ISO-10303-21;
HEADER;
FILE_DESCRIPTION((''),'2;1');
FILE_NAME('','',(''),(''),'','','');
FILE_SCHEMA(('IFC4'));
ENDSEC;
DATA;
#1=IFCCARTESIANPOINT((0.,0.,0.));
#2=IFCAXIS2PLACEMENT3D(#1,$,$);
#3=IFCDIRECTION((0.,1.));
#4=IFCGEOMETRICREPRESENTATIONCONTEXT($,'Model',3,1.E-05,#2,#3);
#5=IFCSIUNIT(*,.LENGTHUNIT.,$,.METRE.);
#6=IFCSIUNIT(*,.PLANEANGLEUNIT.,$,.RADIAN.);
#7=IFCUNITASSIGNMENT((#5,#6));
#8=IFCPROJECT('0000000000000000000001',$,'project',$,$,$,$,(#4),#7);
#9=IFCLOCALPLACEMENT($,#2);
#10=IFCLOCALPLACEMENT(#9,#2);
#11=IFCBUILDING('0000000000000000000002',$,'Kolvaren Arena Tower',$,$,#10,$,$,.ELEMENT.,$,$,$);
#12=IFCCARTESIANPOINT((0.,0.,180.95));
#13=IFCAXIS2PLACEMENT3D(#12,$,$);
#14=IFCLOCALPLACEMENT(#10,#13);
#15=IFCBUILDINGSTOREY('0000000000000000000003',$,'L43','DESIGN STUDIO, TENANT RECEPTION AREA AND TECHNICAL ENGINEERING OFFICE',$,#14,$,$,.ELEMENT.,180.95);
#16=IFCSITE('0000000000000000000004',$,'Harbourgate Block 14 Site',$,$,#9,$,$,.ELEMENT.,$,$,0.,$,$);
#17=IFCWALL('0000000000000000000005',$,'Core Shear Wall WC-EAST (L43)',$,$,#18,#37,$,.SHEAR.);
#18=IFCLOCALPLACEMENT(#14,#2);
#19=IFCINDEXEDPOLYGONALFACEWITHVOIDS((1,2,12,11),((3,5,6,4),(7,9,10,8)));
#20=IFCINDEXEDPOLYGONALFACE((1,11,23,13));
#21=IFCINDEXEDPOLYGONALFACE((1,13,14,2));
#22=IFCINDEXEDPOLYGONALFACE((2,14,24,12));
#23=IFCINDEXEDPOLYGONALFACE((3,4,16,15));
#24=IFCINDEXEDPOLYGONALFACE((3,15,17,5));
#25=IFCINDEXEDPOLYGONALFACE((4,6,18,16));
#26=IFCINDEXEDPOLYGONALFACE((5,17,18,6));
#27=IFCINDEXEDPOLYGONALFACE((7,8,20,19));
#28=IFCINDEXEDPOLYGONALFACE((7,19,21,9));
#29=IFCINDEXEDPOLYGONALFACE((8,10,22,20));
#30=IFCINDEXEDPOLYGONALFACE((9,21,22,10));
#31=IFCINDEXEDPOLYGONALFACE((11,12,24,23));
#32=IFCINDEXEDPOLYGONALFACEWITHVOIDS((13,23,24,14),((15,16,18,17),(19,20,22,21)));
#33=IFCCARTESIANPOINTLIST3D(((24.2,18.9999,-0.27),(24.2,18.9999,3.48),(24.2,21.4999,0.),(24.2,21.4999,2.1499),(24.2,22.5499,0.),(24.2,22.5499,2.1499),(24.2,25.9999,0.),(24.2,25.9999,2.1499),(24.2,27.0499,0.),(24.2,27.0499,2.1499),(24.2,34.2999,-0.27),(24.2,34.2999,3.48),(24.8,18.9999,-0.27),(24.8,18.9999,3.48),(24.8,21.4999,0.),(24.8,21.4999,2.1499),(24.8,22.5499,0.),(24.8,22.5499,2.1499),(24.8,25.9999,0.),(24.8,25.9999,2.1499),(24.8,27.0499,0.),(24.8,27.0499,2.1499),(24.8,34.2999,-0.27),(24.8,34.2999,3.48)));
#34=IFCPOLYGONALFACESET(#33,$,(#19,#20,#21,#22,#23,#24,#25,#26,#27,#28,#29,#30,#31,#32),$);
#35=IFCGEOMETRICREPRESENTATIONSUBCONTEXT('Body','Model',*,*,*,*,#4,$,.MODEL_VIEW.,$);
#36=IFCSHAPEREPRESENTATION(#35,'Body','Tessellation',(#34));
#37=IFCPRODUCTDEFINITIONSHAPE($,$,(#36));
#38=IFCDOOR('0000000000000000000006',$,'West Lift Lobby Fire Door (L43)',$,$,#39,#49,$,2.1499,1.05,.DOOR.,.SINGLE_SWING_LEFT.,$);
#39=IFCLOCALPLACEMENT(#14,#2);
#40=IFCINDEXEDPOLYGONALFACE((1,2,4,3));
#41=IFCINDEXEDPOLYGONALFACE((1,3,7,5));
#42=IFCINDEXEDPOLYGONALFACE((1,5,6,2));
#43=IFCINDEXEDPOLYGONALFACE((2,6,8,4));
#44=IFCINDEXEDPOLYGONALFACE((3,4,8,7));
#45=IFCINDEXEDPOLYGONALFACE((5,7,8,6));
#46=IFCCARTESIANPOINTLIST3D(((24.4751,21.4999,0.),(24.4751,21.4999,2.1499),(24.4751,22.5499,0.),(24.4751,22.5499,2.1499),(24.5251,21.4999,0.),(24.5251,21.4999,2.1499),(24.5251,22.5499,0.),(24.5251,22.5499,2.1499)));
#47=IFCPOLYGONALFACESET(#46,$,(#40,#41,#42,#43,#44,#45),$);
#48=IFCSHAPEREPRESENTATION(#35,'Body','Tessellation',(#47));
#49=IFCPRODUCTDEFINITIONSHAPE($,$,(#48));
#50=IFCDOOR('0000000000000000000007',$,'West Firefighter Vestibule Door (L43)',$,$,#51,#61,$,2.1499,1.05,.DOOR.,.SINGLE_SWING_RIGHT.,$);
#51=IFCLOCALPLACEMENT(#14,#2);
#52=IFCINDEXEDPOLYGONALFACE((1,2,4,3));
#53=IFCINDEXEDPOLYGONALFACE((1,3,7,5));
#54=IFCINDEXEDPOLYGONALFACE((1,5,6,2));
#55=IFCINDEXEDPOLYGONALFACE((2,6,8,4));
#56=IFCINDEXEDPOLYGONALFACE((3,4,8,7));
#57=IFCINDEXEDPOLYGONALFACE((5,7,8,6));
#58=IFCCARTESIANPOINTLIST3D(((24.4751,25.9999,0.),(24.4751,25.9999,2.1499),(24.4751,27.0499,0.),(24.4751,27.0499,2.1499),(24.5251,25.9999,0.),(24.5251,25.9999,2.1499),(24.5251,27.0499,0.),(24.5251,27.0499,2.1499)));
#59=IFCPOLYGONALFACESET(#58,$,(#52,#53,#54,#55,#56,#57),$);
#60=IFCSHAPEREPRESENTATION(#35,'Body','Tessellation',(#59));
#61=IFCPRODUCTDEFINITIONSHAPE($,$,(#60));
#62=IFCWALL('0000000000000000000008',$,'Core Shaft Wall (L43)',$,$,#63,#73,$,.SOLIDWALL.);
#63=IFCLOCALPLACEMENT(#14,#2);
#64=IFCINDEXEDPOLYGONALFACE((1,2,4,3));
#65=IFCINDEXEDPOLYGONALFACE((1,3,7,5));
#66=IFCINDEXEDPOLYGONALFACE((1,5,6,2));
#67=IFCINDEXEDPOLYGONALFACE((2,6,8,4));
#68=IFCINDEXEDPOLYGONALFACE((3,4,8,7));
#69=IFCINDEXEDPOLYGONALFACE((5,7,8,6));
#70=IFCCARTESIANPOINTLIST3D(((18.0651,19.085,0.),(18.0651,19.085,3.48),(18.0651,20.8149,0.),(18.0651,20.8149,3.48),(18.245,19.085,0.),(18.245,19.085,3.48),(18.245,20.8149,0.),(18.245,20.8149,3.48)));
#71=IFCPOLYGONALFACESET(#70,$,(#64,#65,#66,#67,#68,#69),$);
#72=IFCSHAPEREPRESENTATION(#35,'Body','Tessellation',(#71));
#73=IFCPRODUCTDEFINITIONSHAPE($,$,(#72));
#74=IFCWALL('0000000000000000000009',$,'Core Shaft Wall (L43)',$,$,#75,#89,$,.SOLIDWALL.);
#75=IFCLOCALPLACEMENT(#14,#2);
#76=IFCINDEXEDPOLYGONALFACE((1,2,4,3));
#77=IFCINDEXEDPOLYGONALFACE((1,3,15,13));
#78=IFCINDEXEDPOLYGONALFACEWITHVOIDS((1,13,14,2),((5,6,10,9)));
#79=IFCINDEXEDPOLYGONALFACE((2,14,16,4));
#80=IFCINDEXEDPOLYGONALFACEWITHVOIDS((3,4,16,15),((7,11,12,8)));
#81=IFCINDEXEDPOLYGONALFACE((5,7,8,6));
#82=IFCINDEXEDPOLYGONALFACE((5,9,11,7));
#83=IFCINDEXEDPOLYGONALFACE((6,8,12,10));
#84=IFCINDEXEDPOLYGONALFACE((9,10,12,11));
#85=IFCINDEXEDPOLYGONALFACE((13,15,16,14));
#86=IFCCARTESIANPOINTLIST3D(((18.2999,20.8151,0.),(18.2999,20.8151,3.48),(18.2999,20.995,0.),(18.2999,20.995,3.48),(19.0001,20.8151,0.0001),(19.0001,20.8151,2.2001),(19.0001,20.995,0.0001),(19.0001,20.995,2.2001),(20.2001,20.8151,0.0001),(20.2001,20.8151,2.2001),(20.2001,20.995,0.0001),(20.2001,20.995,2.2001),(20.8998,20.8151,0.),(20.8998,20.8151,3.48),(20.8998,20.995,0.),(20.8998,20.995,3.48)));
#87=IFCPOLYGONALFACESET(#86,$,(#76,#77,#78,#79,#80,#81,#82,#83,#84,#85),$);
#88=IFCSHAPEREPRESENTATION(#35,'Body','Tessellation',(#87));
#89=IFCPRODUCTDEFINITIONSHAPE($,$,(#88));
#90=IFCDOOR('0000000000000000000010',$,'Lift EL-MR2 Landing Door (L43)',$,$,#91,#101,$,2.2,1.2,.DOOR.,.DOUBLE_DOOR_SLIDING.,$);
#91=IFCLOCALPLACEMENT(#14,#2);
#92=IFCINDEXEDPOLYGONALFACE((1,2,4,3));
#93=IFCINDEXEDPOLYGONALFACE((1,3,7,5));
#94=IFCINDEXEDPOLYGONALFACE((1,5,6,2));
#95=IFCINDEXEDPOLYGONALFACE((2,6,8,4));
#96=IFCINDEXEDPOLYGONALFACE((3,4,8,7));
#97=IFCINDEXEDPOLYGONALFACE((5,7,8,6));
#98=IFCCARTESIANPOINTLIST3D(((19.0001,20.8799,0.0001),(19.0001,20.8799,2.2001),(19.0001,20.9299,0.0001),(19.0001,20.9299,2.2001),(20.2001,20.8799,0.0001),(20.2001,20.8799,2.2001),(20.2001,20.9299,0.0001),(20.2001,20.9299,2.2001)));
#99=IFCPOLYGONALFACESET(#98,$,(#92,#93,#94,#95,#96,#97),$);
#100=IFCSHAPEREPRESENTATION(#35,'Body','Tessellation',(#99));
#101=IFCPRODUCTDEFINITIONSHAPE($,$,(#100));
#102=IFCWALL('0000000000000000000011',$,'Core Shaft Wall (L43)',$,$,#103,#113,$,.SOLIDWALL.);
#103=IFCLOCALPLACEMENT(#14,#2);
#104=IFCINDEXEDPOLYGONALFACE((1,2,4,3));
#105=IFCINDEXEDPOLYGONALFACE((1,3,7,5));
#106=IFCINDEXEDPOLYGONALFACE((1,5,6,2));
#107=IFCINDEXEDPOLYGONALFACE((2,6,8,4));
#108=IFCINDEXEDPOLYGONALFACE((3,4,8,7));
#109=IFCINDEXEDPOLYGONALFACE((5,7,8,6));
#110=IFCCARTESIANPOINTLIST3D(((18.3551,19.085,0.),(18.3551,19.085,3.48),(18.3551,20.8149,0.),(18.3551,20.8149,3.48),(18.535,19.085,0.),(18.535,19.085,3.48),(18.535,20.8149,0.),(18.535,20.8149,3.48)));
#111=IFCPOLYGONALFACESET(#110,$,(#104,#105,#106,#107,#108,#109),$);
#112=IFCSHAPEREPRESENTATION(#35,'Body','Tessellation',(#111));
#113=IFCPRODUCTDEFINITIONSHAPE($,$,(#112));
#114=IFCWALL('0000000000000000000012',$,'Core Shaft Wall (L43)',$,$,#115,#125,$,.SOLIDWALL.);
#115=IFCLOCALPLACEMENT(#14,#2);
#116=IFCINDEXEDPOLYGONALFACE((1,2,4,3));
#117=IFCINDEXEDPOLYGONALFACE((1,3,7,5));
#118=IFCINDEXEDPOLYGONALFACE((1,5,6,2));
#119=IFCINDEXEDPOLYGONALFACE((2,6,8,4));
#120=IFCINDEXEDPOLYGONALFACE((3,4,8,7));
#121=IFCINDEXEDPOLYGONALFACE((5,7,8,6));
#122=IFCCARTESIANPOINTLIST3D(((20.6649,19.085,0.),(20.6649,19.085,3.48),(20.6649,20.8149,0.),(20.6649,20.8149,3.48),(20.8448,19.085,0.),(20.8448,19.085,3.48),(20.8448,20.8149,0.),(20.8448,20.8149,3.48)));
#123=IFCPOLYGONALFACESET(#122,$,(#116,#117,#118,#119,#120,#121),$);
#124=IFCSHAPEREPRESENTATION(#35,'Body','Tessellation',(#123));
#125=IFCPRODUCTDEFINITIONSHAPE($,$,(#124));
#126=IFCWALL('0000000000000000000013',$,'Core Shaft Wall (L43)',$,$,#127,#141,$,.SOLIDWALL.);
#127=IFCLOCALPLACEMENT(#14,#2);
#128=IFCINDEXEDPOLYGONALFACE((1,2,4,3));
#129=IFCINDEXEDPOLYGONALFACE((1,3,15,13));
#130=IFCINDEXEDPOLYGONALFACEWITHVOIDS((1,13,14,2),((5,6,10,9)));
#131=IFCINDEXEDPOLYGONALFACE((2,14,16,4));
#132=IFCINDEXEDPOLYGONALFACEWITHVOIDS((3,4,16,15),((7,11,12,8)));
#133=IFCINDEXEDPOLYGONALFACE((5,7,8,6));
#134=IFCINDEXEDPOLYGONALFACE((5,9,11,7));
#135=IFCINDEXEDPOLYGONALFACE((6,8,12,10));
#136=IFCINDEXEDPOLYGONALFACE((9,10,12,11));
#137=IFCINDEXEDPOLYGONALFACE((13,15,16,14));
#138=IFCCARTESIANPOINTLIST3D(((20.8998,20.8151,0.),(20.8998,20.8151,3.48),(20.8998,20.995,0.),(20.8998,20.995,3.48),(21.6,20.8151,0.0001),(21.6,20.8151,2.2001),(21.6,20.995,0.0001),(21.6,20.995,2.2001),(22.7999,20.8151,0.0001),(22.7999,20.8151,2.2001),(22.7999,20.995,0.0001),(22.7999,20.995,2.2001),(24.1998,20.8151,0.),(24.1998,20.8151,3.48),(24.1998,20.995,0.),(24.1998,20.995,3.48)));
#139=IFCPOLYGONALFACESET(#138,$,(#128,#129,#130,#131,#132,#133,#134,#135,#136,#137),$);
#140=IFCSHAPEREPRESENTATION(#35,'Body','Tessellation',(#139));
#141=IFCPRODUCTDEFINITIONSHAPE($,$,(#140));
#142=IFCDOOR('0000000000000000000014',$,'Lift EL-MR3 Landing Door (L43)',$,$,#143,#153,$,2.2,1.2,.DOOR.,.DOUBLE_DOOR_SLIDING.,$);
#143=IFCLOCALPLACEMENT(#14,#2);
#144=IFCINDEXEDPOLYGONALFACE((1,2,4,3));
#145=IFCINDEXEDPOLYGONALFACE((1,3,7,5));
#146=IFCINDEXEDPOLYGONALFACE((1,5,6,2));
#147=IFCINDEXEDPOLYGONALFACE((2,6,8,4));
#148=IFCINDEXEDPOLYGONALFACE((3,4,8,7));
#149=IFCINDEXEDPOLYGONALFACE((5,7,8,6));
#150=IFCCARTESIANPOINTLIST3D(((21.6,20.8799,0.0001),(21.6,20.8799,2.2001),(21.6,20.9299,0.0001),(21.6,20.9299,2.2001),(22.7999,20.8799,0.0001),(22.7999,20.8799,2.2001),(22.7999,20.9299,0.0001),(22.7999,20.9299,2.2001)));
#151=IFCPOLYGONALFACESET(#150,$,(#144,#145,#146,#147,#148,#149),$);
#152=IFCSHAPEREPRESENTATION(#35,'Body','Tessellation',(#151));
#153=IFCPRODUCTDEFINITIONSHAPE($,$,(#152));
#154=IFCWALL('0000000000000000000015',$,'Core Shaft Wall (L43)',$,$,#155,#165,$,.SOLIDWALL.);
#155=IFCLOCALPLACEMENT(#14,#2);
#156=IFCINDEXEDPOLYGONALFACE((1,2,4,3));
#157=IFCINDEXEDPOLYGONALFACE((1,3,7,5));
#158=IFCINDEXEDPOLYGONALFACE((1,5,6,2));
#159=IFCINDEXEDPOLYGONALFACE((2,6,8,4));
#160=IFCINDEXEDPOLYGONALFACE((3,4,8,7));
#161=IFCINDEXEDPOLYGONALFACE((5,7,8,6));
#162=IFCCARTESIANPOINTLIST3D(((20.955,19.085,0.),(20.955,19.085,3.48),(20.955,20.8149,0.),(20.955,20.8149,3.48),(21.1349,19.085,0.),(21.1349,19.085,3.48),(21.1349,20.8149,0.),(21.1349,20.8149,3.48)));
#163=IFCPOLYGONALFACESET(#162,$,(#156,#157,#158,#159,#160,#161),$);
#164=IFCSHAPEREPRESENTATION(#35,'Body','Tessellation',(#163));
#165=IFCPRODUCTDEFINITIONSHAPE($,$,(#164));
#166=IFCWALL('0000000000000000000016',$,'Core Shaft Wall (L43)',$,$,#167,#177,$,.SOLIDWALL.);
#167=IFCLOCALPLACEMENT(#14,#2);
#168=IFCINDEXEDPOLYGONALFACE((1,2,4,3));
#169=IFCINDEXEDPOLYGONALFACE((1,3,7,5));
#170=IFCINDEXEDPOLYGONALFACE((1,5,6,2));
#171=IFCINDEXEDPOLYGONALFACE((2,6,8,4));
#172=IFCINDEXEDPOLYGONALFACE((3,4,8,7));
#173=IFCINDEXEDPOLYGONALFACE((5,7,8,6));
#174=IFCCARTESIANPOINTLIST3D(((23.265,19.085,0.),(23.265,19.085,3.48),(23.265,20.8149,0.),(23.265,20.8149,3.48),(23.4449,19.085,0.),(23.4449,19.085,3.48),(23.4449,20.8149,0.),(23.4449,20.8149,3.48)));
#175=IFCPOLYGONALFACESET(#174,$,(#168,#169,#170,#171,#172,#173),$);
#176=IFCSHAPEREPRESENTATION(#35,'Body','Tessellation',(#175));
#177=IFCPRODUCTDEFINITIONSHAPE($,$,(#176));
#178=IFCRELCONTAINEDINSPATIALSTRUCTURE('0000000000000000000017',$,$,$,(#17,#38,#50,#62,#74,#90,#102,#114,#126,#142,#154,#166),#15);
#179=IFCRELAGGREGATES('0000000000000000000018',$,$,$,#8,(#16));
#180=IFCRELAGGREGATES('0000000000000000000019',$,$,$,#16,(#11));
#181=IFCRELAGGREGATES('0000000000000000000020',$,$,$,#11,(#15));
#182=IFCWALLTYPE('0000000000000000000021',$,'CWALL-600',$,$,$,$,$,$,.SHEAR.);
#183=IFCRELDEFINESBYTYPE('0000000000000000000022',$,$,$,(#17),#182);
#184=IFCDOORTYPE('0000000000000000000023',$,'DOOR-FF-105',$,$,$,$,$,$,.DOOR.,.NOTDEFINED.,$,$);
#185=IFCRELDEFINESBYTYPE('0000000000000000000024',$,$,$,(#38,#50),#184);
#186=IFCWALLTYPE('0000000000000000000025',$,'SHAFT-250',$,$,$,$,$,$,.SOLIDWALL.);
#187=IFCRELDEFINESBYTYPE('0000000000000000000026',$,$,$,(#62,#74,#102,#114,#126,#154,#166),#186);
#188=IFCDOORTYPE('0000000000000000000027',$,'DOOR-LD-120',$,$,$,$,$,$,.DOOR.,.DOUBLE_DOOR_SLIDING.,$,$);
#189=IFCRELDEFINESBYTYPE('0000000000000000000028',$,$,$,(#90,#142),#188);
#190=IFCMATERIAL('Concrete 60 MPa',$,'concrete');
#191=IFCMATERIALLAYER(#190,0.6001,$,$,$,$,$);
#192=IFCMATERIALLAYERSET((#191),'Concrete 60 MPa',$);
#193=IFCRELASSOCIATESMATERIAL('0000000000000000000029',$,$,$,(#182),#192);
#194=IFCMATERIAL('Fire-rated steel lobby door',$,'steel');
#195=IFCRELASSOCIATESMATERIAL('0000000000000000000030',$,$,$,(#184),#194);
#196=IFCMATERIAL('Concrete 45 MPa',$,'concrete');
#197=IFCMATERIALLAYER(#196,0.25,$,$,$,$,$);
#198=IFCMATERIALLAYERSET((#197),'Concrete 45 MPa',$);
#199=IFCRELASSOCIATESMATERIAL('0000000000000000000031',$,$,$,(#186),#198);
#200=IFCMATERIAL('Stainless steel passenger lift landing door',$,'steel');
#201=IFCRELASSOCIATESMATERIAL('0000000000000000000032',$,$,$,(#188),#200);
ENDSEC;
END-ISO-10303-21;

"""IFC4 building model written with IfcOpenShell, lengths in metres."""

from ifc_helpers import new_model, si_unit, direction, frame, frame_2d, origin, place, context, subcontext, project, spatial, rectangle, extrude, material, layer, layer_set, type_object, element, fill, save


model = new_model("IFC4")

# Units and contexts
model_context = context("Model", 3, precision=1e-05, world=origin(), true_north=direction((0.0, 1.0)))
body_context = subcontext(model_context, "Body", "Model", "MODEL_VIEW")
ifc_project = project(units=[si_unit("LENGTHUNIT", "METRE"), si_unit("PLANEANGLEUNIT", "RADIAN")], contexts=[model_context])

# Site, building, storey
site_placement = place(None, origin())
site = spatial("IfcSite", under=ifc_project, at=site_placement, Name="Harbourgate Block 14 Site", CompositionType="ELEMENT", RefElevation=0.0)
building_placement = place(site_placement, origin())
building = spatial("IfcBuilding", under=site, at=building_placement, Name="Kolvaren Arena Tower", CompositionType="ELEMENT")
storey_placement = place(building_placement, frame((0.0, 0.0, 180.95)))
storey = spatial("IfcBuildingStorey", under=building, at=storey_placement, Name="L43", Description="DESIGN STUDIO, TENANT RECEPTION AREA AND TECHNICAL ENGINEERING OFFICE", CompositionType="ELEMENT", Elevation=180.95)

# Wall, openings, doors
ifc_material_1 = material(Name="Concrete 60 MPa", Category="concrete")
ifc_layer_1 = layer(ifc_material_1, 0.6001)
ifc_layer_set_1 = layer_set([ifc_layer_1], Name="Concrete 60 MPa")
wall_type_1 = type_object("IfcWallType", Name="CWALL-600", PredefinedType="SHEAR", material=ifc_layer_set_1)
wall_1_placement = place(storey_placement, frame((24.5, 19.0, -0.27), z_axis=(0.0, 0.0, 1.0), x_axis=(0.0, 1.0, 0.0)))
wall_1 = element("IfcWall", 1, at=wall_1_placement, inside=storey, type_object=wall_type_1, Name="Core Shear Wall WC-EAST (L43)", PredefinedType="SHEAR", context=body_context, shape_type="SweptSolid", body=[
    extrude(rectangle(XDim=15.3, YDim=0.6001, at=frame_2d((7.6499, 0.0))), origin(), (0.0, 0.0, 1.0), 3.75),
])
opening_1_placement = place(wall_1_placement, frame((2.5, 0.0, 0.27)))
opening_1 = element("IfcOpeningElement", 2, at=opening_1_placement, cuts=wall_1, PredefinedType="OPENING", context=body_context, shape_type="SweptSolid", body=[
    extrude(rectangle(XDim=1.05, YDim=2.1499, at=frame_2d((0.5249, 1.075))), frame((0.0, 0.3101, 0.0), z_axis=(0.0, -1.0, 0.0), x_axis=(1.0, 0.0, 0.0)), (0.0, 0.0, 1.0), 0.6201),
])
opening_2_placement = place(wall_1_placement, frame((7.0, 0.0, 0.27)))
opening_2 = element("IfcOpeningElement", 3, at=opening_2_placement, cuts=wall_1, PredefinedType="OPENING", context=body_context, shape_type="SweptSolid", body=[
    extrude(rectangle(XDim=1.05, YDim=2.1499, at=frame_2d((0.5249, 1.075))), frame((0.0, 0.3101, 0.0), z_axis=(0.0, -1.0, 0.0), x_axis=(1.0, 0.0, 0.0)), (0.0, 0.0, 1.0), 0.6201),
])
ifc_material_2 = material(Name="Fire-rated steel lobby door", Category="steel")
door_type_1 = type_object("IfcDoorType", Name="DOOR-FF-105", OperationType="NOTDEFINED", PredefinedType="DOOR", material=ifc_material_2)
door_1_placement = place(opening_1_placement, origin())
door_1 = element("IfcDoor", 4, at=door_1_placement, inside=storey, type_object=door_type_1, Name="West Lift Lobby Fire Door (L43)", OperationType="SINGLE_SWING_LEFT", OverallHeight=2.1499, OverallWidth=1.05, PredefinedType="DOOR", context=body_context, shape_type="SweptSolid", body=[
    extrude(rectangle(XDim=1.05, YDim=2.1499, at=frame_2d((0.5249, 1.075))), frame((0.0, 0.0249, 0.0), z_axis=(0.0, -1.0, 0.0), x_axis=(1.0, 0.0, 0.0)), (0.0, 0.0, 1.0), 0.05),
])
fill(opening_1, door_1)
door_2_placement = place(opening_2_placement, origin())
door_2 = element("IfcDoor", 5, at=door_2_placement, inside=storey, type_object=door_type_1, Name="West Firefighter Vestibule Door (L43)", OperationType="SINGLE_SWING_RIGHT", OverallHeight=2.1499, OverallWidth=1.05, PredefinedType="DOOR", context=body_context, shape_type="SweptSolid", body=[
    extrude(rectangle(XDim=1.05, YDim=2.1499, at=frame_2d((0.5249, 1.075))), frame((0.0, 0.0249, 0.0), z_axis=(0.0, -1.0, 0.0), x_axis=(1.0, 0.0, 0.0)), (0.0, 0.0, 1.0), 0.05),
])
fill(opening_2, door_2)

# Wall
ifc_material_3 = material(Name="Concrete 45 MPa", Category="concrete")
ifc_layer_2 = layer(ifc_material_3, 0.25)
ifc_layer_set_2 = layer_set([ifc_layer_2], Name="Concrete 45 MPa")
wall_type_2 = type_object("IfcWallType", Name="SHAFT-250", PredefinedType="SOLIDWALL", material=ifc_layer_set_2)
wall_2_placement = place(storey_placement, frame((18.155, 19.085, 0.0), z_axis=(0.0, 0.0, 1.0), x_axis=(0.0, 1.0, 0.0)))
element("IfcWall", 6, at=wall_2_placement, inside=storey, type_object=wall_type_2, Name="Core Shaft Wall (L43)", PredefinedType="SOLIDWALL", context=body_context, shape_type="SweptSolid", body=[
    extrude(rectangle(XDim=1.73, YDim=0.1799, at=frame_2d((0.865, 0.0))), origin(), (0.0, 0.0, 1.0), 3.48),
])

# Wall, opening, door
wall_3_placement = place(storey_placement, frame((18.3, 20.905, 0.0), z_axis=(0.0, 0.0, 1.0), x_axis=(1.0, 0.0, 0.0)))
wall_3 = element("IfcWall", 7, at=wall_3_placement, inside=storey, type_object=wall_type_2, Name="Core Shaft Wall (L43)", PredefinedType="SOLIDWALL", context=body_context, shape_type="SweptSolid", body=[
    extrude(rectangle(XDim=2.5999, YDim=0.1799, at=frame_2d((1.2998, 0.0))), origin(), (0.0, 0.0, 1.0), 3.48),
])
opening_3_placement = place(wall_3_placement, frame((0.7, 0.0, 0.0)))
opening_3 = element("IfcOpeningElement", 8, at=opening_3_placement, cuts=wall_3, PredefinedType="OPENING", context=body_context, shape_type="SweptSolid", body=[
    extrude(rectangle(XDim=1.2, YDim=2.2, at=frame_2d((0.6001, 1.1001))), frame((0.0, 0.0999, 0.0), z_axis=(0.0, -1.0, 0.0), x_axis=(1.0, 0.0, 0.0)), (0.0, 0.0, 1.0), 0.2),
])
ifc_material_4 = material(Name="Stainless steel passenger lift landing door", Category="steel")
door_type_2 = type_object("IfcDoorType", Name="DOOR-LD-120", OperationType="DOUBLE_DOOR_SLIDING", PredefinedType="DOOR", material=ifc_material_4)
door_3_placement = place(opening_3_placement, origin())
door_3 = element("IfcDoor", 9, at=door_3_placement, inside=storey, type_object=door_type_2, Name="Lift EL-MR2 Landing Door (L43)", OperationType="DOUBLE_DOOR_SLIDING", OverallHeight=2.2, OverallWidth=1.2, PredefinedType="DOOR", context=body_context, shape_type="SweptSolid", body=[
    extrude(rectangle(XDim=1.2, YDim=2.2, at=frame_2d((0.6001, 1.1001))), frame((0.0, 0.0249, 0.0), z_axis=(0.0, -1.0, 0.0), x_axis=(1.0, 0.0, 0.0)), (0.0, 0.0, 1.0), 0.05),
])
fill(opening_3, door_3)

# Walls
for number, where, z_axis, x_axis, name in (
    (10, (18.4451, 19.085, 0.0), (0.0, 0.0, 1.0), (0.0, 1.0, 0.0), "Core Shaft Wall (L43)"),
    (11, (20.7549, 19.085, 0.0), (0.0, 0.0, 1.0), (0.0, 1.0, 0.0), "Core Shaft Wall (L43)"),
):
    element("IfcWall", number, at=place(storey_placement, frame(where, z_axis=z_axis, x_axis=x_axis)), inside=storey, type_object=wall_type_2, Name=name, PredefinedType="SOLIDWALL", context=body_context, shape_type="SweptSolid", body=[
        extrude(rectangle(XDim=1.73, YDim=0.1799, at=frame_2d((0.865, 0.0))), origin(), (0.0, 0.0, 1.0), 3.48),
    ])

# Wall, opening, door
wall_4_placement = place(storey_placement, frame((20.8999, 20.905, 0.0), z_axis=(0.0, 0.0, 1.0), x_axis=(1.0, 0.0, 0.0)))
wall_4 = element("IfcWall", 12, at=wall_4_placement, inside=storey, type_object=wall_type_2, Name="Core Shaft Wall (L43)", PredefinedType="SOLIDWALL", context=body_context, shape_type="SweptSolid", body=[
    extrude(rectangle(XDim=3.3, YDim=0.1799, at=frame_2d((1.6499, 0.0))), origin(), (0.0, 0.0, 1.0), 3.48),
])
opening_4_placement = place(wall_4_placement, frame((0.7, 0.0, 0.0)))
opening_4 = element("IfcOpeningElement", 13, at=opening_4_placement, cuts=wall_4, PredefinedType="OPENING", context=body_context, shape_type="SweptSolid", body=[
    extrude(rectangle(XDim=1.2, YDim=2.2, at=frame_2d((0.6001, 1.1001))), frame((0.0, 0.0999, 0.0), z_axis=(0.0, -1.0, 0.0), x_axis=(1.0, 0.0, 0.0)), (0.0, 0.0, 1.0), 0.2),
])
door_4_placement = place(opening_4_placement, origin())
door_4 = element("IfcDoor", 14, at=door_4_placement, inside=storey, type_object=door_type_2, Name="Lift EL-MR3 Landing Door (L43)", OperationType="DOUBLE_DOOR_SLIDING", OverallHeight=2.2, OverallWidth=1.2, PredefinedType="DOOR", context=body_context, shape_type="SweptSolid", body=[
    extrude(rectangle(XDim=1.2, YDim=2.2, at=frame_2d((0.6001, 1.1001))), frame((0.0, 0.0249, 0.0), z_axis=(0.0, -1.0, 0.0), x_axis=(1.0, 0.0, 0.0)), (0.0, 0.0, 1.0), 0.05),
])
fill(opening_4, door_4)

# Walls
for number, where, z_axis, x_axis, name in (
    (15, (21.0449, 19.085, 0.0), (0.0, 0.0, 1.0), (0.0, 1.0, 0.0), "Core Shaft Wall (L43)"),
    (16, (23.355, 19.085, 0.0), (0.0, 0.0, 1.0), (0.0, 1.0, 0.0), "Core Shaft Wall (L43)"),
):
    element("IfcWall", number, at=place(storey_placement, frame(where, z_axis=z_axis, x_axis=x_axis)), inside=storey, type_object=wall_type_2, Name=name, PredefinedType="SOLIDWALL", context=body_context, shape_type="SweptSolid", body=[
        extrude(rectangle(XDim=1.73, YDim=0.1799, at=frame_2d((0.865, 0.0))), origin(), (0.0, 0.0, 1.0), 3.48),
    ])

save(model, "model.ifc")
